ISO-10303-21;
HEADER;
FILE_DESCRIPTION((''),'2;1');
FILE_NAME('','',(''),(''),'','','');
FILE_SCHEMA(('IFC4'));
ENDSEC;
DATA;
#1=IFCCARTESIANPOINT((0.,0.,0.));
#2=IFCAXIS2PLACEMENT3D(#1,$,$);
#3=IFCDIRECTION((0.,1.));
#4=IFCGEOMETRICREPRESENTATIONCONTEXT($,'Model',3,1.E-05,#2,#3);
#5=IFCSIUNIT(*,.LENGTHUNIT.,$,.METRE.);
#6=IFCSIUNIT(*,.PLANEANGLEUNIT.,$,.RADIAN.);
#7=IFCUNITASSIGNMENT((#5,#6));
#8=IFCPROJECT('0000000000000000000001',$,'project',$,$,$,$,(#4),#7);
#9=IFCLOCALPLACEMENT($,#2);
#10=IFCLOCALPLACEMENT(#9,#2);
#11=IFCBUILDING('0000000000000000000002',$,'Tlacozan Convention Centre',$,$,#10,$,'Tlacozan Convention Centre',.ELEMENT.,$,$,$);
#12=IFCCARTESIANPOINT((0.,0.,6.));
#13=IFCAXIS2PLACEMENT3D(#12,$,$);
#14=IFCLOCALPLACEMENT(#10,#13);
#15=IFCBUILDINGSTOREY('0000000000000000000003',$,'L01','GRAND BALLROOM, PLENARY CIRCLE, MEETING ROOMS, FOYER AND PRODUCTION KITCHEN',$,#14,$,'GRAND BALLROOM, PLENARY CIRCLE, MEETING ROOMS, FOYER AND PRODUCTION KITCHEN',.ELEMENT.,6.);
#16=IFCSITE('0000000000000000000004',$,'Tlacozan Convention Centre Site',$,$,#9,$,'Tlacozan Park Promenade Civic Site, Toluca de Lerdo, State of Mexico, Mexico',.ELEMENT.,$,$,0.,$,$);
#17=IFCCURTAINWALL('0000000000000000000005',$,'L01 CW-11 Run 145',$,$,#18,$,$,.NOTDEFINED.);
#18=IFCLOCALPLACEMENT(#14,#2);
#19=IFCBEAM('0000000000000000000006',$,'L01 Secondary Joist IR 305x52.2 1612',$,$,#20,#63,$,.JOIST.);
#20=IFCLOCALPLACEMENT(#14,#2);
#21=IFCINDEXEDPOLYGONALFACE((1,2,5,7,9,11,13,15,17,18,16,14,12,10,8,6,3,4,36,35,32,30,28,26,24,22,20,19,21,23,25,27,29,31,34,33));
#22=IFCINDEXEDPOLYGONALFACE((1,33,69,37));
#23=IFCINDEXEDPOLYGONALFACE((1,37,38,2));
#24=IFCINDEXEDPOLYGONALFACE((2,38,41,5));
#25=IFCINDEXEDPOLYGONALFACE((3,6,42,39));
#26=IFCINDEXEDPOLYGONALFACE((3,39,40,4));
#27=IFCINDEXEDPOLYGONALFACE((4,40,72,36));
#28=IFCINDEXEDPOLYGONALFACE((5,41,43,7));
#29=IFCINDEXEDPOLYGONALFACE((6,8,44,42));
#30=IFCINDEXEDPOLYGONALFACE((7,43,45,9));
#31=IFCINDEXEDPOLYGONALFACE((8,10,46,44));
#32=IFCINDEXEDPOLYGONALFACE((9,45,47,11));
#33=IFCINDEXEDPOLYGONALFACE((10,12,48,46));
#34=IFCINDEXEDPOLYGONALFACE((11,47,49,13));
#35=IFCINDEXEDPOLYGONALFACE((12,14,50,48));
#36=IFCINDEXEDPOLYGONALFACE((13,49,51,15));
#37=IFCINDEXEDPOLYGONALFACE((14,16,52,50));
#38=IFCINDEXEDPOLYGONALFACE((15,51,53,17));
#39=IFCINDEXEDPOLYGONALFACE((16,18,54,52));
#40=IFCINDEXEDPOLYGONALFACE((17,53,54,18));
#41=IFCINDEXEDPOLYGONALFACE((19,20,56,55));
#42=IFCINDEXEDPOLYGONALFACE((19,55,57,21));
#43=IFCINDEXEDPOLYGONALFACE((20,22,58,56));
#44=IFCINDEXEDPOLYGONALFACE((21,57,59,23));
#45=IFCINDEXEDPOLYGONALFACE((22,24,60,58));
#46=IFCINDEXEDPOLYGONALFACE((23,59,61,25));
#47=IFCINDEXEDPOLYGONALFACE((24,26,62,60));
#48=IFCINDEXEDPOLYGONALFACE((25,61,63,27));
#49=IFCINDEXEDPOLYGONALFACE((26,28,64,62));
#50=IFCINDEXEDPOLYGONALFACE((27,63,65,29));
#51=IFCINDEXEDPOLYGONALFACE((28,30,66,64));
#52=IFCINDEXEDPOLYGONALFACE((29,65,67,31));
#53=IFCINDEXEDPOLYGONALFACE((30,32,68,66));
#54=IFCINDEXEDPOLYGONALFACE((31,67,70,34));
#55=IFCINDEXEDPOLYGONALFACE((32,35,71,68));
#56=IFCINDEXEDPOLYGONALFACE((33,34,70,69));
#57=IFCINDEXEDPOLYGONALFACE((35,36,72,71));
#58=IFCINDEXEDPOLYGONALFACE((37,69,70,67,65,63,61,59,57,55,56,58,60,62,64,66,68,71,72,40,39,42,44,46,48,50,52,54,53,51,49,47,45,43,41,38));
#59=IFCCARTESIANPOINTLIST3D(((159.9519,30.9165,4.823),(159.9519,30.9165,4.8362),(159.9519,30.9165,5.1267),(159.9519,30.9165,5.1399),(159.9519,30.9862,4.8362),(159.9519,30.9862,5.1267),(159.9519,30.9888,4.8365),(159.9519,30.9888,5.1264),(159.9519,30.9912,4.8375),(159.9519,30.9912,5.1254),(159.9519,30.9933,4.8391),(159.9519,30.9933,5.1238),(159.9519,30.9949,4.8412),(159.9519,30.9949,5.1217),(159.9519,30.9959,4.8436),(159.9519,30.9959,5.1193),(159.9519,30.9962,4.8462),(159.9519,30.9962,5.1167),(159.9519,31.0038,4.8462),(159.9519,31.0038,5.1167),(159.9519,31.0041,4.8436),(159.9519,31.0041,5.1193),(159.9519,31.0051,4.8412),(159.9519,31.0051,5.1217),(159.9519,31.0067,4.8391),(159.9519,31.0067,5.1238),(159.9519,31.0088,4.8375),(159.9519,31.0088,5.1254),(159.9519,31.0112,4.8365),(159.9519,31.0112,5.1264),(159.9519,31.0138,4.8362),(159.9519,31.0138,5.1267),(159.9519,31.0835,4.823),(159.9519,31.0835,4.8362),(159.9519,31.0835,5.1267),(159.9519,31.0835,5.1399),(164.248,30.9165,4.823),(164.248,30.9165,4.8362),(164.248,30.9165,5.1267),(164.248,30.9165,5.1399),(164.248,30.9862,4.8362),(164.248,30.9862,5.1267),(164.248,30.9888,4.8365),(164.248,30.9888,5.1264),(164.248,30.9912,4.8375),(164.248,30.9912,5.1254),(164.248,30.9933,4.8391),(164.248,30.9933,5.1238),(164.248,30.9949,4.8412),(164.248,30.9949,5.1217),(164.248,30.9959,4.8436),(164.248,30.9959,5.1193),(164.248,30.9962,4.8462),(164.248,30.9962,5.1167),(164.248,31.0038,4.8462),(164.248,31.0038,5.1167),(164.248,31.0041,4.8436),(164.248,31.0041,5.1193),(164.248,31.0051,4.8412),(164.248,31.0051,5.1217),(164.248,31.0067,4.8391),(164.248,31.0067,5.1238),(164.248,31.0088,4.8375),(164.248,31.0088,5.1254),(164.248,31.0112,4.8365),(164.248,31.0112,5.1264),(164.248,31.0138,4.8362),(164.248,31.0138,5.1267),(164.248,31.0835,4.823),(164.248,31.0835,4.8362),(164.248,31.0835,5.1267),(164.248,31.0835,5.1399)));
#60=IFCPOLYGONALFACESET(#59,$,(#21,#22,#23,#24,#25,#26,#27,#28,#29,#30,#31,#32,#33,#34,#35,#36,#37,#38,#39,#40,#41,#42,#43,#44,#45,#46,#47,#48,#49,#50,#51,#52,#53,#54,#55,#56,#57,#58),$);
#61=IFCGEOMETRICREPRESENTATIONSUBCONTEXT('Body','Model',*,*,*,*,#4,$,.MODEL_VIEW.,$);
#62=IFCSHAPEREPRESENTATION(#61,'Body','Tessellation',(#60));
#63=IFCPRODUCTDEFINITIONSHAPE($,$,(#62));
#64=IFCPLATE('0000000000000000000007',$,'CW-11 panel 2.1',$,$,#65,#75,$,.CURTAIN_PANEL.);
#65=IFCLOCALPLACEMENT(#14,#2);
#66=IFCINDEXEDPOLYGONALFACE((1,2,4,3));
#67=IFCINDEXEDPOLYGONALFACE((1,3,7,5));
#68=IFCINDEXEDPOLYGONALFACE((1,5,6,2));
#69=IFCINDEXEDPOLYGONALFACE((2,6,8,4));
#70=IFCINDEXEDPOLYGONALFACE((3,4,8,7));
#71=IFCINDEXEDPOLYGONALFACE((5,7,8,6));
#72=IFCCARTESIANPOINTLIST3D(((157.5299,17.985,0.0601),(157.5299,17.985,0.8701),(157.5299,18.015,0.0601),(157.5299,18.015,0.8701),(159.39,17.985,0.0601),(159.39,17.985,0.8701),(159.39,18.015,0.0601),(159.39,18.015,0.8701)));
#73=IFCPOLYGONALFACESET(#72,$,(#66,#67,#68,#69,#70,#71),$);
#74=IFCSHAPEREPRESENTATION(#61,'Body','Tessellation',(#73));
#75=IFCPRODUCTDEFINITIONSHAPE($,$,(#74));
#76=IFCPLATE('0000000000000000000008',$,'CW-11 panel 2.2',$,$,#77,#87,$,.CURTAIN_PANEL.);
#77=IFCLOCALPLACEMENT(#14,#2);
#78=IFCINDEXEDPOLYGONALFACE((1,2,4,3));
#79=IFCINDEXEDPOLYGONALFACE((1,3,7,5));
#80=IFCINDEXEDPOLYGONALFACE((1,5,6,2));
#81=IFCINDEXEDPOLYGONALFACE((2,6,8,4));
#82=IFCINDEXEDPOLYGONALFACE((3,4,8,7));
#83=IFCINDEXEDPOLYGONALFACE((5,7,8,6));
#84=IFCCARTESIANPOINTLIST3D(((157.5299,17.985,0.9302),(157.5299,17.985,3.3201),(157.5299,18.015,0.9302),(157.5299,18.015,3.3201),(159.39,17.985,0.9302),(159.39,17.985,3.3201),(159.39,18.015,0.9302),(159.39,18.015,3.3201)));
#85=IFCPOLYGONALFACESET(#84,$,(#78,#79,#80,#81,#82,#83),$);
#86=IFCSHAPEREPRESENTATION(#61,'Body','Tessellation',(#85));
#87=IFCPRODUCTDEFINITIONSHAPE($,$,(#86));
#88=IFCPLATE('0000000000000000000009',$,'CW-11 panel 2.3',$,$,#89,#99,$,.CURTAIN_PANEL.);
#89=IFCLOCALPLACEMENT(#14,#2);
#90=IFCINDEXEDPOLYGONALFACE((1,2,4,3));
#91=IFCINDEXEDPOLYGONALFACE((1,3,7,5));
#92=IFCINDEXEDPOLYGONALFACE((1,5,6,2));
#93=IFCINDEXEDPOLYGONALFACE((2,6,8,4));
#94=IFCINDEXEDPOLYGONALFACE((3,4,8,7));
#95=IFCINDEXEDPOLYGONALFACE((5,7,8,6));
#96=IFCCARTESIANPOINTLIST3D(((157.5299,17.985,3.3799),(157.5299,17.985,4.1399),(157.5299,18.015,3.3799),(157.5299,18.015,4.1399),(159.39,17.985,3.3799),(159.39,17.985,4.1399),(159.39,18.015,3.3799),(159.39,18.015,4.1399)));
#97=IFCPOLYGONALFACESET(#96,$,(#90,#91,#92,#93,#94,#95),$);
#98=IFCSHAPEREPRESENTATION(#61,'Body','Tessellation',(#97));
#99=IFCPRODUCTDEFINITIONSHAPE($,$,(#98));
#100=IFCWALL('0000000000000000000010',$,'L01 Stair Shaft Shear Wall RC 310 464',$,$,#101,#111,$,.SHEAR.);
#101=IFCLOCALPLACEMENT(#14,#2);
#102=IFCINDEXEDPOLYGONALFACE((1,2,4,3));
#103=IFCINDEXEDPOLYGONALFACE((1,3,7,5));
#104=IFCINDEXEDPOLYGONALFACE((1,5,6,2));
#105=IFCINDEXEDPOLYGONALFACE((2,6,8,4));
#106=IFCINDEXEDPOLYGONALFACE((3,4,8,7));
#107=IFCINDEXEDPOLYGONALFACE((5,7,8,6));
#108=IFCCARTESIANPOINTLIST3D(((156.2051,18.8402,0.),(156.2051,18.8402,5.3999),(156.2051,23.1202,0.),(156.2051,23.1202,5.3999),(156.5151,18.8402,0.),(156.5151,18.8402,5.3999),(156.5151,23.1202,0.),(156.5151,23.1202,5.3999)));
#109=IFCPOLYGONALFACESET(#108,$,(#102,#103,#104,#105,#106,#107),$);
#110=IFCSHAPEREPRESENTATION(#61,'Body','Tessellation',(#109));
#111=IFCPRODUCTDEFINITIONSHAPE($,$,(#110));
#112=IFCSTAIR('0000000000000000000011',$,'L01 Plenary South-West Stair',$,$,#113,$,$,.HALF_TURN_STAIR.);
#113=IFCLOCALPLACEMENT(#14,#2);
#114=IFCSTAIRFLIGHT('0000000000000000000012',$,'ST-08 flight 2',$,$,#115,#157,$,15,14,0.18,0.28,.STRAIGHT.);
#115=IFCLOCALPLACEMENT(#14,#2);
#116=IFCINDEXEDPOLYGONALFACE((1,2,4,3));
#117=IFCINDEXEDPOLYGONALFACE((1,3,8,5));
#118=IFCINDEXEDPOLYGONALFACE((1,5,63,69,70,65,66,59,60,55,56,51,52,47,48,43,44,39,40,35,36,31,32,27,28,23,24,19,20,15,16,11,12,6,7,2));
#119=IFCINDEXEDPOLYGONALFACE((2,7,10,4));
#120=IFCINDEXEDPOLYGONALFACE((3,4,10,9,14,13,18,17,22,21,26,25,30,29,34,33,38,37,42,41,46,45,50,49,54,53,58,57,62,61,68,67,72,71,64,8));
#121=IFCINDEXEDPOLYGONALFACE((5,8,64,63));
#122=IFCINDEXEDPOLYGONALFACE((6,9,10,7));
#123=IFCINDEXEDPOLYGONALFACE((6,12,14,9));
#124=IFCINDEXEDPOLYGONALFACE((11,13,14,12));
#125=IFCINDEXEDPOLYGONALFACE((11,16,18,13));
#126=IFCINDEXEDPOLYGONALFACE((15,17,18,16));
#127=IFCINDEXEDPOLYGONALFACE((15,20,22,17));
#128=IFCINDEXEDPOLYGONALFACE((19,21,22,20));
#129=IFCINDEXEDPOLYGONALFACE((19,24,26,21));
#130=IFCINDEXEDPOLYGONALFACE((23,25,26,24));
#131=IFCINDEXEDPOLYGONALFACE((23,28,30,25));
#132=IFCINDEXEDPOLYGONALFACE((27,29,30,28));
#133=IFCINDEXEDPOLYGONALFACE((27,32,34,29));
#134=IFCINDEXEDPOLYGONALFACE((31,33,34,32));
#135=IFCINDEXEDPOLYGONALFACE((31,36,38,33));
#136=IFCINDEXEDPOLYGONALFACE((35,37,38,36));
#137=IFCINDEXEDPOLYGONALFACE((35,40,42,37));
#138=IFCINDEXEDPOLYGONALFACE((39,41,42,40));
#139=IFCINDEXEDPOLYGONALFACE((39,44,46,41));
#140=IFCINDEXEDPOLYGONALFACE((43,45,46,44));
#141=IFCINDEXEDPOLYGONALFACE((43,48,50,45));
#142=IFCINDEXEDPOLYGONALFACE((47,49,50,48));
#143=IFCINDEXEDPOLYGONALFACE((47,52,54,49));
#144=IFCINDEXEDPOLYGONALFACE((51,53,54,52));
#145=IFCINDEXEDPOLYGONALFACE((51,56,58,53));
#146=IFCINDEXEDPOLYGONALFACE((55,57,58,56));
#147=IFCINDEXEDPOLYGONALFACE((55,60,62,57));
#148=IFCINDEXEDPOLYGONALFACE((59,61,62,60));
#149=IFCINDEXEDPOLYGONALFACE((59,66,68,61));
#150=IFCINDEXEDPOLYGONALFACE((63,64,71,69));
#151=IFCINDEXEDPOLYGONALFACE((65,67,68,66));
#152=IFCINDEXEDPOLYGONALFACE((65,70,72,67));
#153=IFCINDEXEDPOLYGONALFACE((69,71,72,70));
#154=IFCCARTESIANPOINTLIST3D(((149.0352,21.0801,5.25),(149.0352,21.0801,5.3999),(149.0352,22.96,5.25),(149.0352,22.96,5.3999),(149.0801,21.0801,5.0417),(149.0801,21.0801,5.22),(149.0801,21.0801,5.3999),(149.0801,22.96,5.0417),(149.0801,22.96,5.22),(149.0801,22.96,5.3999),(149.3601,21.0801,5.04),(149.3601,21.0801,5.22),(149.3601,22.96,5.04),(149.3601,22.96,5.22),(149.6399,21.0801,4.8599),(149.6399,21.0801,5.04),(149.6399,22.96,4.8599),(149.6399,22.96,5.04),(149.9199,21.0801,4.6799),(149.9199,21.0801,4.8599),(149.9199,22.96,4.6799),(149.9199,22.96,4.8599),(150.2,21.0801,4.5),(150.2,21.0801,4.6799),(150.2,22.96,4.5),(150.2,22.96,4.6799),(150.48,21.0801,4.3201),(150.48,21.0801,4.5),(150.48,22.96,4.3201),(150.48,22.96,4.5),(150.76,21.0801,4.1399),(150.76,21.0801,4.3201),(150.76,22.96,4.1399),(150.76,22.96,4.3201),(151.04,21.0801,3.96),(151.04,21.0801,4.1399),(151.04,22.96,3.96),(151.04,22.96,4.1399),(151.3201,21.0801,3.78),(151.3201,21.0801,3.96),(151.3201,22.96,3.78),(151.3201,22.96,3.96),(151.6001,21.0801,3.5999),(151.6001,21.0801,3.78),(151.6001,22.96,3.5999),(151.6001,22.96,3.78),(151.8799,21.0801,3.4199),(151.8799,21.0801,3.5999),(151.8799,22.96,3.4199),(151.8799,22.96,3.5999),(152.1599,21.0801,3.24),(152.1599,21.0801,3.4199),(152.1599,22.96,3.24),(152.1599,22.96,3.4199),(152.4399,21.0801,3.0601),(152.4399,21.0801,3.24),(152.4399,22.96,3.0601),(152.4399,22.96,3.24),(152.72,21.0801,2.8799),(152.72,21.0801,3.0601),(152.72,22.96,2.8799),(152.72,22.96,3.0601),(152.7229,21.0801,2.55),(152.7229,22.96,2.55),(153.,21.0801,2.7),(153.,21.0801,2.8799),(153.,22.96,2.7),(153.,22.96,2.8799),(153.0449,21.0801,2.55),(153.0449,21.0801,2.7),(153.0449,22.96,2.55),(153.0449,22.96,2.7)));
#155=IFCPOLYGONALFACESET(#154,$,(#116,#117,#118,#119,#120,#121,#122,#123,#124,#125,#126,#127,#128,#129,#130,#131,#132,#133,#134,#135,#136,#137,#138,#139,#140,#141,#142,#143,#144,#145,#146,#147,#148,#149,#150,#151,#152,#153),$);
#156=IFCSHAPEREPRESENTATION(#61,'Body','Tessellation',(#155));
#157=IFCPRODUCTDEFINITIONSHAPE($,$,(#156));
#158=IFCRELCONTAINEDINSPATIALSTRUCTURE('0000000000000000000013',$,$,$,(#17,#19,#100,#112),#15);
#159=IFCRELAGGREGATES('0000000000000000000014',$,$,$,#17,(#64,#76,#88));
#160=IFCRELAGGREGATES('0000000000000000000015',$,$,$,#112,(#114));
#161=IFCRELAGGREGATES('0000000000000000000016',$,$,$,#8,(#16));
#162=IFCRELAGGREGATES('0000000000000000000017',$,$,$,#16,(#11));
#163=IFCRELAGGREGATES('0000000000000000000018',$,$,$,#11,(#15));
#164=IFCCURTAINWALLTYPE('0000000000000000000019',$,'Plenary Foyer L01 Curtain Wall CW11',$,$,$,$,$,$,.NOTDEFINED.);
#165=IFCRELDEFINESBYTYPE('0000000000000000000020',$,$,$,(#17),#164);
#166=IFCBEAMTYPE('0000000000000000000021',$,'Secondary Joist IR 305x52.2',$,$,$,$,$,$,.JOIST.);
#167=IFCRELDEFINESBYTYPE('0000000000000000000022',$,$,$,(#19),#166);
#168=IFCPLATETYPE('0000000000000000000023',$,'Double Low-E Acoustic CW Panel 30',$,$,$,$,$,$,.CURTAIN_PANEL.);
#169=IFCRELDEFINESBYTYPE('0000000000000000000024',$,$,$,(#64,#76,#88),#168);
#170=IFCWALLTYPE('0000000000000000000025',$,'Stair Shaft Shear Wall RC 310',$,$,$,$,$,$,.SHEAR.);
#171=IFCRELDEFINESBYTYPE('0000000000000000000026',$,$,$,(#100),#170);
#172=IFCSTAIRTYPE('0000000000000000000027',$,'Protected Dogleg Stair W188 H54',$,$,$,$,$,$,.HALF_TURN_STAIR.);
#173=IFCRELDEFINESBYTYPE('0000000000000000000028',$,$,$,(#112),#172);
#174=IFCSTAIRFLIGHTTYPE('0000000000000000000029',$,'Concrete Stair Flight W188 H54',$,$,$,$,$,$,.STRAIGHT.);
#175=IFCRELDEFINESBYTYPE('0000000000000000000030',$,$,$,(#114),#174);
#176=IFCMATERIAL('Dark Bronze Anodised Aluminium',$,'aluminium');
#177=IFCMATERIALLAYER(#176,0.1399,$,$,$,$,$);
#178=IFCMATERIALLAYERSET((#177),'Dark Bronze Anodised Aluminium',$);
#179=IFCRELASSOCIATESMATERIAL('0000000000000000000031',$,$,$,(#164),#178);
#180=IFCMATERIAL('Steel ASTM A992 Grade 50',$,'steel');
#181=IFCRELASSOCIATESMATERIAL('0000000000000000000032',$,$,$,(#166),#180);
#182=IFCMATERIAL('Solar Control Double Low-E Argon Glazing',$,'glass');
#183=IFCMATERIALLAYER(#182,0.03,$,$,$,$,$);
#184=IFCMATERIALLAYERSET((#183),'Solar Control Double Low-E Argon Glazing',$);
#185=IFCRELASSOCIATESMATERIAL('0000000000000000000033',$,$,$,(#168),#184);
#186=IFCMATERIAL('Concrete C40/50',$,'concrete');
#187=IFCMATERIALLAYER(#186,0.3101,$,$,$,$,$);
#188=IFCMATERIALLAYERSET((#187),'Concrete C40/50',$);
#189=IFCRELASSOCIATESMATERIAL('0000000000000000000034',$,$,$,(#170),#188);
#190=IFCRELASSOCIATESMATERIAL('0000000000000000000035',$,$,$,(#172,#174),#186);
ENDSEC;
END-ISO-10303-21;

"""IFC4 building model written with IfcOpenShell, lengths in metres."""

from ifc_helpers import new_model, si_unit, direction, frame, frame_2d, origin, origin_2d, place, context, subcontext, project, spatial, polyline, rectangle, i_section, outline, extrude, material, layer, layer_set, material_profile, profile_set, type_object, element, aggregate, save


model = new_model("IFC4")

# Units and contexts
model_context = context("Model", 3, precision=1e-05, world=origin(), true_north=direction((0.0, 1.0)))
body_context = subcontext(model_context, "Body", "Model", "MODEL_VIEW")
ifc_project = project(units=[si_unit("LENGTHUNIT", "METRE"), si_unit("PLANEANGLEUNIT", "RADIAN")], contexts=[model_context])

# Site, building, storey
site_placement = place(None, origin())
site = spatial("IfcSite", under=ifc_project, at=site_placement, Name="Tlacozan Convention Centre Site", LongName="Tlacozan Park Promenade Civic Site, Toluca de Lerdo, State of Mexico, Mexico", CompositionType="ELEMENT", RefElevation=0.0)
building_placement = place(site_placement, origin())
building = spatial("IfcBuilding", under=site, at=building_placement, Name="Tlacozan Convention Centre", LongName="Tlacozan Convention Centre", CompositionType="ELEMENT")
storey_placement = place(building_placement, frame((0.0, 0.0, 6.0)))
storey = spatial("IfcBuildingStorey", under=building, at=storey_placement, Name="L01", Description="GRAND BALLROOM, PLENARY CIRCLE, MEETING ROOMS, FOYER AND PRODUCTION KITCHEN", LongName="GRAND BALLROOM, PLENARY CIRCLE, MEETING ROOMS, FOYER AND PRODUCTION KITCHEN", CompositionType="ELEMENT", Elevation=6.0)

# Shared definitions
ifc_material_1 = material(Name="Concrete C40/50", Category="concrete")

# Curtain wall
ifc_material_2 = material(Name="Dark Bronze Anodised Aluminium", Category="aluminium")
ifc_layer_1 = layer(ifc_material_2, 0.1399)
ifc_layer_set_1 = layer_set([ifc_layer_1], Name="Dark Bronze Anodised Aluminium")
curtain_wall_type = type_object("IfcCurtainWallType", Name="Plenary Foyer L01 Curtain Wall CW11", PredefinedType="NOTDEFINED", material=ifc_layer_set_1)
curtain_wall_1_placement = place(storey_placement, origin())
curtain_wall_1 = element("IfcCurtainWall", 1, at=curtain_wall_1_placement, inside=storey, type_object=curtain_wall_type, Name="L01 CW-11 Run 145", PredefinedType="NOTDEFINED")

# Beam
ifc_material_3 = material(Name="Steel ASTM A992 Grade 50", Category="steel")
ifc_material_profile_1 = material_profile(ifc_material_3, i_section(OverallWidth=0.167, OverallDepth=0.3169, WebThickness=0.0076, FlangeThickness=0.0132, FilletRadius=0.01, at=origin_2d()), Name="IR 305x52.2")
ifc_profile_set_1 = profile_set([ifc_material_profile_1], Name="Steel ASTM A992 Grade 50")
beam_type_1 = type_object("IfcBeamType", Name="Secondary Joist IR 305x52.2", PredefinedType="JOIST", material=ifc_profile_set_1)
for number, where, z_axis, x_axis, name in (
    (2, (159.9519, 31.0, 4.9814), (1.0, 0.0, 0.0), (0.0, 1.0, 0.0), "L01 Secondary Joist IR 305x52.2 1612"),
):
    element("IfcBeam", number, at=place(storey_placement, frame(where, z_axis=z_axis, x_axis=x_axis)), inside=storey, type_object=beam_type_1, Name=name, PredefinedType="JOIST", context=body_context, shape_type="SweptSolid", body=[
        extrude(i_section(OverallWidth=0.167, OverallDepth=0.3169, WebThickness=0.0076, FlangeThickness=0.0132, FilletRadius=0.01, at=origin_2d()), origin(), (0.0, 0.0, 1.0), 4.2961),
    ])

# Plates
ifc_material_4 = material(Name="Solar Control Double Low-E Argon Glazing", Category="glass")
ifc_layer_2 = layer(ifc_material_4, 0.03)
ifc_layer_set_2 = layer_set([ifc_layer_2], Name="Solar Control Double Low-E Argon Glazing")
plate_type = type_object("IfcPlateType", Name="Double Low-E Acoustic CW Panel 30", PredefinedType="CURTAIN_PANEL", material=ifc_layer_set_2)
plate_1_placement = place(storey_placement, frame((158.46, 18.0, 0.0601), z_axis=(0.0, 0.0, 1.0), x_axis=(1.0, 0.0, 0.0)))
plate_1 = element("IfcPlate", 3, at=plate_1_placement, type_object=plate_type, Name="CW-11 panel 2.1", PredefinedType="CURTAIN_PANEL", context=body_context, shape_type="SweptSolid", body=[
    extrude(rectangle(XDim=1.8601, YDim=0.03, at=origin_2d()), origin(), (0.0, 0.0, 1.0), 0.8101),
])
plate_2_placement = place(storey_placement, frame((158.46, 18.0, 0.9302), z_axis=(0.0, 0.0, 1.0), x_axis=(1.0, 0.0, 0.0)))
plate_2 = element("IfcPlate", 4, at=plate_2_placement, type_object=plate_type, Name="CW-11 panel 2.2", PredefinedType="CURTAIN_PANEL", context=body_context, shape_type="SweptSolid", body=[
    extrude(rectangle(XDim=1.8601, YDim=0.03, at=origin_2d()), origin(), (0.0, 0.0, 1.0), 2.3899),
])
plate_3_placement = place(storey_placement, frame((158.46, 18.0, 3.3799), z_axis=(0.0, 0.0, 1.0), x_axis=(1.0, 0.0, 0.0)))
plate_3 = element("IfcPlate", 5, at=plate_3_placement, type_object=plate_type, Name="CW-11 panel 2.3", PredefinedType="CURTAIN_PANEL", context=body_context, shape_type="SweptSolid", body=[
    extrude(rectangle(XDim=1.8601, YDim=0.03, at=origin_2d()), origin(), (0.0, 0.0, 1.0), 0.76),
])
aggregate(curtain_wall_1, [plate_1, plate_2, plate_3])

# Wall
ifc_layer_3 = layer(ifc_material_1, 0.3101)
ifc_layer_set_3 = layer_set([ifc_layer_3], Name="Concrete C40/50")
wall_type = type_object("IfcWallType", Name="Stair Shaft Shear Wall RC 310", PredefinedType="SHEAR", material=ifc_layer_set_3)
wall_placement = place(storey_placement, frame((156.3601, 18.8401, 0.0), z_axis=(0.0, 0.0, 1.0), x_axis=(0.0, 1.0, 0.0)))
element("IfcWall", 6, at=wall_placement, inside=storey, type_object=wall_type, Name="L01 Stair Shaft Shear Wall RC 310 464", PredefinedType="SHEAR", context=body_context, shape_type="SweptSolid", body=[
    extrude(rectangle(XDim=4.28, YDim=0.3101, at=frame_2d((2.1401, 0.0))), origin(), (0.0, 0.0, 1.0), 5.3999),
])

# Stair, stair flight
stair_type = type_object("IfcStairType", Name="Protected Dogleg Stair W188 H54", PredefinedType="HALF_TURN_STAIR", material=ifc_material_1)
stair_placement = place(storey_placement, origin())
stair = element("IfcStair", 7, at=stair_placement, inside=storey, type_object=stair_type, Name="L01 Plenary South-West Stair", PredefinedType="HALF_TURN_STAIR")
stair_flight_type = type_object("IfcStairFlightType", Name="Concrete Stair Flight W188 H54", PredefinedType="STRAIGHT", material=ifc_material_1)
stair_flight_placement = place(storey_placement, frame((153.0, 22.02, 2.7), z_axis=(0.0, 0.0, 1.0), x_axis=(-1.0, 0.0, 0.0)))
stair_flight = element("IfcStairFlight", 8, at=stair_flight_placement, type_object=stair_flight_type, Name="ST-08 flight 2", NumberOfRisers=15, NumberOfTreads=14, PredefinedType="STRAIGHT", RiserHeight=0.18, TreadLength=0.28, context=body_context, shape_type="SweptSolid", body=[
    extrude(outline(polyline([(-0.0449, -0.1499), (-0.0449, 0.0), (0.0, 0.0), (0.0, 0.1799), (0.28, 0.1799), (0.28, 0.3601), (0.5601, 0.3601), (0.5601, 0.54), (0.8401, 0.54), (0.8401, 0.72), (1.1201, 0.72), (1.1201, 0.8999), (1.3999, 0.8999), (1.3999, 1.0801), (1.6799, 1.0801), (1.6799, 1.26), (1.96, 1.26), (1.96, 1.4399), (2.24, 1.4399), (2.24, 1.6201), (2.52, 1.6201), (2.52, 1.8), (2.8, 1.8), (2.8, 1.98), (3.0801, 1.98), (3.0801, 2.1599), (3.3601, 2.1599), (3.3601, 2.3401), (3.6399, 2.3401), (3.6399, 2.52), (3.9199, 2.52), (3.9199, 2.7), (3.9648, 2.7), (3.9648, 2.55), (3.9199, 2.3418), (0.2771, -0.1499), (-0.0449, -0.1499)])), frame((0.0, 0.9399, 0.0), z_axis=(0.0, -1.0, 0.0), x_axis=(1.0, 0.0, 0.0)), (0.0, 0.0, 1.0), 1.8799),
])
aggregate(stair, [stair_flight])

save(model, "model.ifc")
